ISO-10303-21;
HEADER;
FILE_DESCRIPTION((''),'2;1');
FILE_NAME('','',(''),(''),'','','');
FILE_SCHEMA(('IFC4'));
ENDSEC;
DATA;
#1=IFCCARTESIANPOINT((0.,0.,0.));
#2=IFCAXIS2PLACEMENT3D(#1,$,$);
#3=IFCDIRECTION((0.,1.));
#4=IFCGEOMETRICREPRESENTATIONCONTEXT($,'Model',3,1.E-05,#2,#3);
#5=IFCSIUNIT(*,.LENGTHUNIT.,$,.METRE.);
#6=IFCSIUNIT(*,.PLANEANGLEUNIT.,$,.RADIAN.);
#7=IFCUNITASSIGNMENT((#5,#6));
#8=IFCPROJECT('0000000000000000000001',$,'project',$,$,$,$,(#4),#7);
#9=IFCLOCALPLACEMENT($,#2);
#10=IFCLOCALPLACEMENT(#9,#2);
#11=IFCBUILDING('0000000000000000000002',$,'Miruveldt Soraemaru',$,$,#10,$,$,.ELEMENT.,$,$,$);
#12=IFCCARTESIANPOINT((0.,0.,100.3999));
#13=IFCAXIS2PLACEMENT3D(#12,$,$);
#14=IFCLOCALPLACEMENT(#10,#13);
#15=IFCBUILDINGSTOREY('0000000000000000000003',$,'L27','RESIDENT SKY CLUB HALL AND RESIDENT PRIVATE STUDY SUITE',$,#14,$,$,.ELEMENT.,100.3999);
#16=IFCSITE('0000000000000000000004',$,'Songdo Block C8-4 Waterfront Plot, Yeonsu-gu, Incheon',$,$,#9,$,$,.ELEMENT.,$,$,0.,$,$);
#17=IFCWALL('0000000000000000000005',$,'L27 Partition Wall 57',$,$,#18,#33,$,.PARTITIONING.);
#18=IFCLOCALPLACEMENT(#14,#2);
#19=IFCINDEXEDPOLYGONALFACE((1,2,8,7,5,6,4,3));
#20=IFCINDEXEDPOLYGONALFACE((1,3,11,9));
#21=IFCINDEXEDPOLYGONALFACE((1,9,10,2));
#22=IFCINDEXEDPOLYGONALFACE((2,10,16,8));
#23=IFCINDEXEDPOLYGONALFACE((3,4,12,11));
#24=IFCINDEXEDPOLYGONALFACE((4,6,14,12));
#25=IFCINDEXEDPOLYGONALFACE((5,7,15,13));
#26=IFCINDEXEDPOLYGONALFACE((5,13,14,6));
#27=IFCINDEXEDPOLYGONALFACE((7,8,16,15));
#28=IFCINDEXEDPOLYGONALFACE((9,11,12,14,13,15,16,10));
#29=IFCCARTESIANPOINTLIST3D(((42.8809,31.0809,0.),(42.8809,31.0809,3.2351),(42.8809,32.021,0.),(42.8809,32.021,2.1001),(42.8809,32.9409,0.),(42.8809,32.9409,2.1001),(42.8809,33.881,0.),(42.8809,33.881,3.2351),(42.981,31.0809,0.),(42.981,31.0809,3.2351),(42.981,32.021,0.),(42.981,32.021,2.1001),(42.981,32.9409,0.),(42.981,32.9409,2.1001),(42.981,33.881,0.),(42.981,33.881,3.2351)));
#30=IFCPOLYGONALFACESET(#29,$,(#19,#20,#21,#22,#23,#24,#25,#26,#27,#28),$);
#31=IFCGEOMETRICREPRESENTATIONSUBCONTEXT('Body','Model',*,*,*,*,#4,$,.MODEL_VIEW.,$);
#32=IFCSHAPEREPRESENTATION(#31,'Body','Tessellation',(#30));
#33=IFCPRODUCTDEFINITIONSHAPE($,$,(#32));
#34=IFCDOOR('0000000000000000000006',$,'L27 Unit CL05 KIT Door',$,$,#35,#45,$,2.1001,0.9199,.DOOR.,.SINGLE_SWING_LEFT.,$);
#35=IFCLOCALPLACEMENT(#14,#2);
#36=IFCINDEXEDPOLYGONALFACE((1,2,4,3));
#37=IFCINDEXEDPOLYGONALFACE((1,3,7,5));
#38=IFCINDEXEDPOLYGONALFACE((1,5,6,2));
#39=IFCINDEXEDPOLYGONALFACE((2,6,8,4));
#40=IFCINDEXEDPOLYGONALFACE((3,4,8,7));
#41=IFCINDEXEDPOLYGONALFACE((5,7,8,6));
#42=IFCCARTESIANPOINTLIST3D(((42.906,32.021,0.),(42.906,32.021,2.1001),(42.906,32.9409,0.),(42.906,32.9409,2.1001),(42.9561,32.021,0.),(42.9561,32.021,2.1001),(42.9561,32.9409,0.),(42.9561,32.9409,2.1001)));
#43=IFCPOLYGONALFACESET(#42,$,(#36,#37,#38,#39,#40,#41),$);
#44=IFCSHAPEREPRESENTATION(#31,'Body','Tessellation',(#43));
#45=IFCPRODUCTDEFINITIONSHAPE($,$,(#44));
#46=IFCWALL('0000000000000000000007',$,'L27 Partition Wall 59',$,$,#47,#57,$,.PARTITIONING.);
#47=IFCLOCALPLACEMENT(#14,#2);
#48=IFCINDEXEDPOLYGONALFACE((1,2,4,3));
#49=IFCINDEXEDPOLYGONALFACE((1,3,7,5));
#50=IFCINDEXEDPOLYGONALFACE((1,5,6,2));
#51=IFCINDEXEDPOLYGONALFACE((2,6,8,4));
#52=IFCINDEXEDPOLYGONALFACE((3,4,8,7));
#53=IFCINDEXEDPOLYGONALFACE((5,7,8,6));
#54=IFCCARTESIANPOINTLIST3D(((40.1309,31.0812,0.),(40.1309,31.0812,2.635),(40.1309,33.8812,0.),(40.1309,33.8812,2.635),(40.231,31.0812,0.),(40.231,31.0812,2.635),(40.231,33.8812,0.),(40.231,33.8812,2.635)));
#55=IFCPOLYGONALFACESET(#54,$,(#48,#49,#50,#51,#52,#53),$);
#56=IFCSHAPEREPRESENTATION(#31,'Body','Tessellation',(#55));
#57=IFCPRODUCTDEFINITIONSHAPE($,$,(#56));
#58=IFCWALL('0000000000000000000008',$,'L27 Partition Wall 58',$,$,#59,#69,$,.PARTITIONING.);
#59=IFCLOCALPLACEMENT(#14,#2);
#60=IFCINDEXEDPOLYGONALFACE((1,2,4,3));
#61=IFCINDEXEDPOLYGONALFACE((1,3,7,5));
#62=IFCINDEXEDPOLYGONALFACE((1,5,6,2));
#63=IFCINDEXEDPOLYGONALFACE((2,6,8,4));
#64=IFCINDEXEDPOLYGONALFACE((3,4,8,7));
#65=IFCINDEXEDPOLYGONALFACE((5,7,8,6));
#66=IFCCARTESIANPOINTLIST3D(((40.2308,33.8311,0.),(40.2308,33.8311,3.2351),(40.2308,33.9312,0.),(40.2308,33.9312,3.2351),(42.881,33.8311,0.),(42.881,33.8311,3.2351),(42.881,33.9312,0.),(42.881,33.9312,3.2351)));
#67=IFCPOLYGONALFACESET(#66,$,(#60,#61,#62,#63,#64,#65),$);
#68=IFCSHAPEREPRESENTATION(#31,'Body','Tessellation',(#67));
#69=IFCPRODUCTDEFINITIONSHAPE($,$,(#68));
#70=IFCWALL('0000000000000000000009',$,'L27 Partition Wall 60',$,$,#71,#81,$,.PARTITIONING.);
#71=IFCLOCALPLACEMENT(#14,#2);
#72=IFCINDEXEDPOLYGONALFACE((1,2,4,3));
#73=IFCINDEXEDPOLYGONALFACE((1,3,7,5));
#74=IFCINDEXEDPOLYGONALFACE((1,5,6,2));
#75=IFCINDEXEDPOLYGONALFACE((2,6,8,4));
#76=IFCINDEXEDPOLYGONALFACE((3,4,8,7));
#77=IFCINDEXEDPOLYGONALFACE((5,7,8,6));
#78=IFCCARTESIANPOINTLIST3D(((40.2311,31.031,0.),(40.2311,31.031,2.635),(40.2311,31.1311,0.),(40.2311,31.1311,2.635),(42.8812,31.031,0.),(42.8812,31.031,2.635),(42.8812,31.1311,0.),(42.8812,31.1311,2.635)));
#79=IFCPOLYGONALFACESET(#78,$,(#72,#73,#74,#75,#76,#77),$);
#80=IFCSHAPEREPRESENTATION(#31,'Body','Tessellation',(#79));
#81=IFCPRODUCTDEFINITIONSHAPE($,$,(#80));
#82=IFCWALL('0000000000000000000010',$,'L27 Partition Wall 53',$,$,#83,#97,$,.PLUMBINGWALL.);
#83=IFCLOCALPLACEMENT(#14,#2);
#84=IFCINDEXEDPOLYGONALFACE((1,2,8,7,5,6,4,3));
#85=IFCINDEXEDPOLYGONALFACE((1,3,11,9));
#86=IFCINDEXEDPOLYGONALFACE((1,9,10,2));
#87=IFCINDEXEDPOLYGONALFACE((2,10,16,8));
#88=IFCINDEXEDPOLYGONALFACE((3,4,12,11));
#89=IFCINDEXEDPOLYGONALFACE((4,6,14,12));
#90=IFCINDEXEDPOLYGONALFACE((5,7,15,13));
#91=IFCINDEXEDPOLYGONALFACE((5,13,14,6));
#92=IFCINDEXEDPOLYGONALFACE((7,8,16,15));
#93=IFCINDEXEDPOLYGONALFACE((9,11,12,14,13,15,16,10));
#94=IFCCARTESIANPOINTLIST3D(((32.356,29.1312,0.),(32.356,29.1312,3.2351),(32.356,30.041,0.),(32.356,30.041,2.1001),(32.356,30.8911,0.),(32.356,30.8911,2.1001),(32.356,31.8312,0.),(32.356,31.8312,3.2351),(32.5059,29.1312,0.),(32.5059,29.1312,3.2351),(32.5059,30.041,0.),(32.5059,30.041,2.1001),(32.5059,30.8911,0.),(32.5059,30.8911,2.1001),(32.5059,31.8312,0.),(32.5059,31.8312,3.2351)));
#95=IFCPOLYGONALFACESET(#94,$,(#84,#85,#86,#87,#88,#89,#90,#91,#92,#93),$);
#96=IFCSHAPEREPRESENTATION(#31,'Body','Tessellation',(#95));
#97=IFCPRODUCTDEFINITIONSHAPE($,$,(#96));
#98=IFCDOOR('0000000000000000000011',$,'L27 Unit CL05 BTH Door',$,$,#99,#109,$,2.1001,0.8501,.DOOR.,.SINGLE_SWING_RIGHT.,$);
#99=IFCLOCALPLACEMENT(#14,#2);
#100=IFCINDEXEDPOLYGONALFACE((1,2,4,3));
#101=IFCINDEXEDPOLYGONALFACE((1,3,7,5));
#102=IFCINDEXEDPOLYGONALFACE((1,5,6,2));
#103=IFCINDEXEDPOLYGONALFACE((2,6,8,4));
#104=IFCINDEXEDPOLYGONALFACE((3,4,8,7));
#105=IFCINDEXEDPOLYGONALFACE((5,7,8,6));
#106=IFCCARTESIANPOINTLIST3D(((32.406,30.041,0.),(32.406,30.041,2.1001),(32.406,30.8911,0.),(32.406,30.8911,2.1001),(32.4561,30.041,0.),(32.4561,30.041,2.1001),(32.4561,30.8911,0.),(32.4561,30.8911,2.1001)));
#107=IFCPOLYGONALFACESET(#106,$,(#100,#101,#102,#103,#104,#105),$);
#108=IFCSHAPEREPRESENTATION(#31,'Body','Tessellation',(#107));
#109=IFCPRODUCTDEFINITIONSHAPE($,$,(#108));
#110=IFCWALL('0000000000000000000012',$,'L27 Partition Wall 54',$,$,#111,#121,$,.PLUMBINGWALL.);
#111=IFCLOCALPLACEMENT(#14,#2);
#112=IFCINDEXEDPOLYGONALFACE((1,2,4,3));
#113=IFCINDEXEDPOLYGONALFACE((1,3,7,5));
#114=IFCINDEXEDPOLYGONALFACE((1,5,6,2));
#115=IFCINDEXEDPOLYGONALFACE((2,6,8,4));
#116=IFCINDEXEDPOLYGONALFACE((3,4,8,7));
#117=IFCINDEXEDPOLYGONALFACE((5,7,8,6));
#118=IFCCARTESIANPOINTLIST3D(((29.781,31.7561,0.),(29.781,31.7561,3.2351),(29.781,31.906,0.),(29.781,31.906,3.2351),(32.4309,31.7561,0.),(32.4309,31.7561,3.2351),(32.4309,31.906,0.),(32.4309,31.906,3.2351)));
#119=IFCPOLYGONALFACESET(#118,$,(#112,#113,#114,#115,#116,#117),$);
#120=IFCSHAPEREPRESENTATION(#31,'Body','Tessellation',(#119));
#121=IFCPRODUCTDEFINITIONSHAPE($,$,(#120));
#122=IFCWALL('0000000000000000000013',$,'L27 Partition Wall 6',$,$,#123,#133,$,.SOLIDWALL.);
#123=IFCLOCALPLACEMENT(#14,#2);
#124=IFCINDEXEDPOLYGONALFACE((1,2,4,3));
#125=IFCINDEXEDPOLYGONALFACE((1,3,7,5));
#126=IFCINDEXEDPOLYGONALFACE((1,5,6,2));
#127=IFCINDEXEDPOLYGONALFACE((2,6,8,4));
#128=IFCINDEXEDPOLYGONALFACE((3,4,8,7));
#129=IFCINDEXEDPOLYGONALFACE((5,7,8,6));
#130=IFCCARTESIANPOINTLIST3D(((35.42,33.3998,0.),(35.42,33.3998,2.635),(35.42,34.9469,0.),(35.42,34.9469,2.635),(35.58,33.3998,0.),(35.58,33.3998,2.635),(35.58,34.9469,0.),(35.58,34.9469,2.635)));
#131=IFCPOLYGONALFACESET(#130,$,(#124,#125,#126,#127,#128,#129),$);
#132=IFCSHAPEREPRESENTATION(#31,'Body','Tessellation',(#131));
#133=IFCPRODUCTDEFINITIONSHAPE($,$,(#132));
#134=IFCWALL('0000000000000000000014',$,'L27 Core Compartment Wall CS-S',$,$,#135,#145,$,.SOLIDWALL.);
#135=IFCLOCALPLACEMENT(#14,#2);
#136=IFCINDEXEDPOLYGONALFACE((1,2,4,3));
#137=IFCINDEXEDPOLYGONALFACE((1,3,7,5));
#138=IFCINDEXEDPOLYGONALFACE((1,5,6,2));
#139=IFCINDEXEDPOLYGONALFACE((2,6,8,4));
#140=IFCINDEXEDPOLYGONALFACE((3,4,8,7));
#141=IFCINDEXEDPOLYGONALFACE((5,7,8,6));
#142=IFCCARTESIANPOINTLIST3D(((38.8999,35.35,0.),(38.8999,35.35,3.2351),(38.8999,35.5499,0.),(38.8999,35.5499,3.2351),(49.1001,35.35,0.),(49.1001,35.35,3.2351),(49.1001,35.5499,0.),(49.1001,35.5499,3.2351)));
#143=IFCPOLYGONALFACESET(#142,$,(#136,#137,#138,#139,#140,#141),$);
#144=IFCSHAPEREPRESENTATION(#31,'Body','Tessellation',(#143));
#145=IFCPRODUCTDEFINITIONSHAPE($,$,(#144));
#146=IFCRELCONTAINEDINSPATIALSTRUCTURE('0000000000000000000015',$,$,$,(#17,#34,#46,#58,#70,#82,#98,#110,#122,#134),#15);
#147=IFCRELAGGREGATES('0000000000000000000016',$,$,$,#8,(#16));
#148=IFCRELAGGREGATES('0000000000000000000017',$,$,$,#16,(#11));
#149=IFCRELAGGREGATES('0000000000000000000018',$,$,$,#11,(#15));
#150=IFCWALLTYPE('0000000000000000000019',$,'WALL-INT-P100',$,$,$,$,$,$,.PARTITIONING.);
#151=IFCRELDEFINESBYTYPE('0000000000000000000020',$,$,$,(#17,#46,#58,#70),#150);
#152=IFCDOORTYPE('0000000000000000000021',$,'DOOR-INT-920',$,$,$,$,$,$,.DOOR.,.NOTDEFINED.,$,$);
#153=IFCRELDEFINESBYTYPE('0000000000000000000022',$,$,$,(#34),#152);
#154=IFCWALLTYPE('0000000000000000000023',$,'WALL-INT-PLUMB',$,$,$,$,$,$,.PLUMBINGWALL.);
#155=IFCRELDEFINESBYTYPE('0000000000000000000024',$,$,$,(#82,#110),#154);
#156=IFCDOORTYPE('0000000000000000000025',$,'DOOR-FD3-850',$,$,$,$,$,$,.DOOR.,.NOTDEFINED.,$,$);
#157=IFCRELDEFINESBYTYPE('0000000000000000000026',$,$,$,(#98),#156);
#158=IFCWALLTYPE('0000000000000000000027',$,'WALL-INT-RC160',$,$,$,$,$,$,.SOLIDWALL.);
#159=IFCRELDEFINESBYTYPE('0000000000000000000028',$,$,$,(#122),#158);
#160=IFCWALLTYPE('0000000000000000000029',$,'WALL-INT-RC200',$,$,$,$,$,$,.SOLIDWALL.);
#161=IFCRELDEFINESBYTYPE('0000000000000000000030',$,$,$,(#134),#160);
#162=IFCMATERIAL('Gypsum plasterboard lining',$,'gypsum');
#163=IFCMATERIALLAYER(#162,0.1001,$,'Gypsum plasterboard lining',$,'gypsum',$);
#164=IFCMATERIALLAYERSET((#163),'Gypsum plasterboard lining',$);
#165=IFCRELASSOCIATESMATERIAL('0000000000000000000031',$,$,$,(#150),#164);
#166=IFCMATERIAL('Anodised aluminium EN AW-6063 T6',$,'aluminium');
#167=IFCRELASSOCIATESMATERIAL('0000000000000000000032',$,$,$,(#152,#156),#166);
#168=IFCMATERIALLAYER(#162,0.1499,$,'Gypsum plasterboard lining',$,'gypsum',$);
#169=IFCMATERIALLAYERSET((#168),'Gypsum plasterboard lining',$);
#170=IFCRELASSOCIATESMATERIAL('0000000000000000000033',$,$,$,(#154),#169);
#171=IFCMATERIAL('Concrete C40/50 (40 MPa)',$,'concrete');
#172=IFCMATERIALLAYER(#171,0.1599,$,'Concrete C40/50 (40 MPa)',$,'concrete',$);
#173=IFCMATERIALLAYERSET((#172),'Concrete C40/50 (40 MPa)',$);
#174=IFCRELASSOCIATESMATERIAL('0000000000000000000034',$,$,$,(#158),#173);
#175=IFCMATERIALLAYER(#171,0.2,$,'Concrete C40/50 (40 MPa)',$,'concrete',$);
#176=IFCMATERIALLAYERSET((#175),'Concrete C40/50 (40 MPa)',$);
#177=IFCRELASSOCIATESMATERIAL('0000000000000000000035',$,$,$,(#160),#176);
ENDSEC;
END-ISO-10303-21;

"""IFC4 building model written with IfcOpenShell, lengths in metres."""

from ifc_helpers import new_model, si_unit, direction, frame, frame_2d, origin, place, context, subcontext, project, spatial, rectangle, extrude, material, layer, layer_set, type_object, element, fill, save


model = new_model("IFC4")

# Units and contexts
model_context = context("Model", 3, precision=1e-05, world=origin(), true_north=direction((0.0, 1.0)))
body_context = subcontext(model_context, "Body", "Model", "MODEL_VIEW")
ifc_project = project(units=[si_unit("LENGTHUNIT", "METRE"), si_unit("PLANEANGLEUNIT", "RADIAN")], contexts=[model_context])

# Site, building, storey
site_placement = place(None, origin())
site = spatial("IfcSite", under=ifc_project, at=site_placement, Name="Songdo Block C8-4 Waterfront Plot, Yeonsu-gu, Incheon", CompositionType="ELEMENT", RefElevation=0.0)
building_placement = place(site_placement, origin())
building = spatial("IfcBuilding", under=site, at=building_placement, Name="Miruveldt Soraemaru", CompositionType="ELEMENT")
storey_placement = place(building_placement, frame((0.0, 0.0, 100.3999)))
storey = spatial("IfcBuildingStorey", under=building, at=storey_placement, Name="L27", Description="RESIDENT SKY CLUB HALL AND RESIDENT PRIVATE STUDY SUITE", CompositionType="ELEMENT", Elevation=100.3999)

# Wall, opening, door
ifc_material_1 = material(Name="Gypsum plasterboard lining", Category="gypsum")
ifc_layer_1 = layer(ifc_material_1, 0.1001, Name="Gypsum plasterboard lining", Category="gypsum")
ifc_layer_set_1 = layer_set([ifc_layer_1], Name="Gypsum plasterboard lining")
wall_type_1 = type_object("IfcWallType", Name="WALL-INT-P100", PredefinedType="PARTITIONING", material=ifc_layer_set_1)
wall_1_placement = place(storey_placement, frame((42.9309, 31.0811, 0.0), z_axis=(0.0, 0.0, 1.0), x_axis=(0.0, 1.0, 0.0)))
wall_1 = element("IfcWall", 1, at=wall_1_placement, inside=storey, type_object=wall_type_1, Name="L27 Partition Wall 57", PredefinedType="PARTITIONING", context=body_context, shape_type="SweptSolid", body=[
    extrude(rectangle(XDim=2.8, YDim=0.1001, at=frame_2d((1.3999, 0.0))), origin(), (0.0, 0.0, 1.0), 3.2351),
])
opening_1_placement = place(wall_1_placement, frame((0.9399, 0.0, 0.0)))
opening_1 = element("IfcOpeningElement", 2, at=opening_1_placement, cuts=wall_1, PredefinedType="OPENING", context=body_context, shape_type="SweptSolid", body=[
    extrude(rectangle(XDim=0.9199, YDim=2.1001, at=frame_2d((0.46, 1.05))), frame((0.0, 0.0601, 0.0), z_axis=(0.0, -1.0, 0.0), x_axis=(1.0, 0.0, 0.0)), (0.0, 0.0, 1.0), 0.1201),
])
ifc_material_2 = material(Name="Anodised aluminium EN AW-6063 T6", Category="aluminium")
door_type_1 = type_object("IfcDoorType", Name="DOOR-INT-920", OperationType="NOTDEFINED", PredefinedType="DOOR", material=ifc_material_2)
door_1_placement = place(opening_1_placement, origin())
door_1 = element("IfcDoor", 3, at=door_1_placement, inside=storey, type_object=door_type_1, Name="L27 Unit CL05 KIT Door", OperationType="SINGLE_SWING_LEFT", OverallHeight=2.1001, OverallWidth=0.9199, PredefinedType="DOOR", context=body_context, shape_type="SweptSolid", body=[
    extrude(rectangle(XDim=0.9199, YDim=2.1001, at=frame_2d((0.46, 1.05))), frame((0.0, 0.0249, 0.0), z_axis=(0.0, -1.0, 0.0), x_axis=(1.0, 0.0, 0.0)), (0.0, 0.0, 1.0), 0.05),
])
fill(opening_1, door_1)

# Walls
wall_2_placement = place(storey_placement, frame((40.1809, 33.8811, 0.0), z_axis=(0.0, 0.0, 1.0), x_axis=(0.0, -1.0, 0.0)))
element("IfcWall", 4, at=wall_2_placement, inside=storey, type_object=wall_type_1, Name="L27 Partition Wall 59", PredefinedType="PARTITIONING", context=body_context, shape_type="SweptSolid", body=[
    extrude(rectangle(XDim=2.8, YDim=0.1001, at=frame_2d((1.3999, 0.0))), origin(), (0.0, 0.0, 1.0), 2.635),
])
wall_3_placement = place(storey_placement, frame((42.8811, 33.8811, 0.0), z_axis=(0.0, 0.0, 1.0), x_axis=(-1.0, 0.0, 0.0)))
element("IfcWall", 5, at=wall_3_placement, inside=storey, type_object=wall_type_1, Name="L27 Partition Wall 58", PredefinedType="PARTITIONING", context=body_context, shape_type="SweptSolid", body=[
    extrude(rectangle(XDim=2.6501, YDim=0.1001, at=frame_2d((1.3252, 0.0))), origin(), (0.0, 0.0, 1.0), 3.2351),
])
wall_4_placement = place(storey_placement, frame((40.231, 31.0811, 0.0), z_axis=(0.0, 0.0, 1.0), x_axis=(1.0, 0.0, 0.0)))
element("IfcWall", 6, at=wall_4_placement, inside=storey, type_object=wall_type_1, Name="L27 Partition Wall 60", PredefinedType="PARTITIONING", context=body_context, shape_type="SweptSolid", body=[
    extrude(rectangle(XDim=2.6501, YDim=0.1001, at=frame_2d((1.3252, 0.0))), origin(), (0.0, 0.0, 1.0), 2.635),
])

# Wall, opening, door
ifc_layer_2 = layer(ifc_material_1, 0.1499, Name="Gypsum plasterboard lining", Category="gypsum")
ifc_layer_set_2 = layer_set([ifc_layer_2], Name="Gypsum plasterboard lining")
wall_type_2 = type_object("IfcWallType", Name="WALL-INT-PLUMB", PredefinedType="PLUMBINGWALL", material=ifc_layer_set_2)
wall_5_placement = place(storey_placement, frame((32.4309, 29.1311, 0.0), z_axis=(0.0, 0.0, 1.0), x_axis=(0.0, 1.0, 0.0)))
wall_5 = element("IfcWall", 7, at=wall_5_placement, inside=storey, type_object=wall_type_2, Name="L27 Partition Wall 53", PredefinedType="PLUMBINGWALL", context=body_context, shape_type="SweptSolid", body=[
    extrude(rectangle(XDim=2.7, YDim=0.1499, at=frame_2d((1.3501, 0.0))), origin(), (0.0, 0.0, 1.0), 3.2351),
])
opening_2_placement = place(wall_5_placement, frame((0.9099, 0.0, 0.0)))
opening_2 = element("IfcOpeningElement", 8, at=opening_2_placement, cuts=wall_5, PredefinedType="OPENING", context=body_context, shape_type="SweptSolid", body=[
    extrude(rectangle(XDim=0.8501, YDim=2.1001, at=frame_2d((0.425, 1.05))), frame((0.0, 0.085, 0.0), z_axis=(0.0, -1.0, 0.0), x_axis=(1.0, 0.0, 0.0)), (0.0, 0.0, 1.0), 0.1699),
])
door_type_2 = type_object("IfcDoorType", Name="DOOR-FD3-850", OperationType="NOTDEFINED", PredefinedType="DOOR", material=ifc_material_2)
door_2_placement = place(opening_2_placement, origin())
door_2 = element("IfcDoor", 9, at=door_2_placement, inside=storey, type_object=door_type_2, Name="L27 Unit CL05 BTH Door", OperationType="SINGLE_SWING_RIGHT", OverallHeight=2.1001, OverallWidth=0.8501, PredefinedType="DOOR", context=body_context, shape_type="SweptSolid", body=[
    extrude(rectangle(XDim=0.8501, YDim=2.1001, at=frame_2d((0.425, 1.05))), frame((0.0, 0.0249, 0.0), z_axis=(0.0, -1.0, 0.0), x_axis=(1.0, 0.0, 0.0)), (0.0, 0.0, 1.0), 0.05),
])
fill(opening_2, door_2)

# Wall
wall_6_placement = place(storey_placement, frame((32.4309, 31.8311, 0.0), z_axis=(0.0, 0.0, 1.0), x_axis=(-1.0, 0.0, 0.0)))
element("IfcWall", 10, at=wall_6_placement, inside=storey, type_object=wall_type_2, Name="L27 Partition Wall 54", PredefinedType="PLUMBINGWALL", context=body_context, shape_type="SweptSolid", body=[
    extrude(rectangle(XDim=2.6499, YDim=0.1499, at=frame_2d((1.325, 0.0))), origin(), (0.0, 0.0, 1.0), 3.2351),
])

# Shared definitions
ifc_material_3 = material(Name="Concrete C40/50 (40 MPa)", Category="concrete")
ifc_layer_3 = layer(ifc_material_3, 0.1599, Name="Concrete C40/50 (40 MPa)", Category="concrete")
ifc_layer_set_3 = layer_set([ifc_layer_3], Name="Concrete C40/50 (40 MPa)")
wall_type_3 = type_object("IfcWallType", Name="WALL-INT-RC160", PredefinedType="SOLIDWALL", material=ifc_layer_set_3)

# Walls
wall_7_placement = place(storey_placement, frame((35.5, 33.3999, 0.0), z_axis=(0.0, 0.0, 1.0), x_axis=(0.0, 1.0, 0.0)))
element("IfcWall", 11, at=wall_7_placement, inside=storey, type_object=wall_type_3, Name="L27 Partition Wall 6", PredefinedType="SOLIDWALL", context=body_context, shape_type="SweptSolid", body=[
    extrude(rectangle(XDim=1.5471, YDim=0.1599, at=frame_2d((0.7734, 0.0))), origin(), (0.0, 0.0, 1.0), 2.635),
])
ifc_layer_4 = layer(ifc_material_3, 0.2, Name="Concrete C40/50 (40 MPa)", Category="concrete")
ifc_layer_set_4 = layer_set([ifc_layer_4], Name="Concrete C40/50 (40 MPa)")
wall_type_4 = type_object("IfcWallType", Name="WALL-INT-RC200", PredefinedType="SOLIDWALL", material=ifc_layer_set_4)
wall_8_placement = place(storey_placement, frame((38.8999, 35.45, 0.0), z_axis=(0.0, 0.0, 1.0), x_axis=(1.0, 0.0, 0.0)))
element("IfcWall", 12, at=wall_8_placement, inside=storey, type_object=wall_type_4, Name="L27 Core Compartment Wall CS-S", PredefinedType="SOLIDWALL", context=body_context, shape_type="SweptSolid", body=[
    extrude(rectangle(XDim=10.2002, YDim=0.2, at=frame_2d((5.1001, 0.0))), origin(), (0.0, 0.0, 1.0), 3.2351),
])

save(model, "model.ifc")
